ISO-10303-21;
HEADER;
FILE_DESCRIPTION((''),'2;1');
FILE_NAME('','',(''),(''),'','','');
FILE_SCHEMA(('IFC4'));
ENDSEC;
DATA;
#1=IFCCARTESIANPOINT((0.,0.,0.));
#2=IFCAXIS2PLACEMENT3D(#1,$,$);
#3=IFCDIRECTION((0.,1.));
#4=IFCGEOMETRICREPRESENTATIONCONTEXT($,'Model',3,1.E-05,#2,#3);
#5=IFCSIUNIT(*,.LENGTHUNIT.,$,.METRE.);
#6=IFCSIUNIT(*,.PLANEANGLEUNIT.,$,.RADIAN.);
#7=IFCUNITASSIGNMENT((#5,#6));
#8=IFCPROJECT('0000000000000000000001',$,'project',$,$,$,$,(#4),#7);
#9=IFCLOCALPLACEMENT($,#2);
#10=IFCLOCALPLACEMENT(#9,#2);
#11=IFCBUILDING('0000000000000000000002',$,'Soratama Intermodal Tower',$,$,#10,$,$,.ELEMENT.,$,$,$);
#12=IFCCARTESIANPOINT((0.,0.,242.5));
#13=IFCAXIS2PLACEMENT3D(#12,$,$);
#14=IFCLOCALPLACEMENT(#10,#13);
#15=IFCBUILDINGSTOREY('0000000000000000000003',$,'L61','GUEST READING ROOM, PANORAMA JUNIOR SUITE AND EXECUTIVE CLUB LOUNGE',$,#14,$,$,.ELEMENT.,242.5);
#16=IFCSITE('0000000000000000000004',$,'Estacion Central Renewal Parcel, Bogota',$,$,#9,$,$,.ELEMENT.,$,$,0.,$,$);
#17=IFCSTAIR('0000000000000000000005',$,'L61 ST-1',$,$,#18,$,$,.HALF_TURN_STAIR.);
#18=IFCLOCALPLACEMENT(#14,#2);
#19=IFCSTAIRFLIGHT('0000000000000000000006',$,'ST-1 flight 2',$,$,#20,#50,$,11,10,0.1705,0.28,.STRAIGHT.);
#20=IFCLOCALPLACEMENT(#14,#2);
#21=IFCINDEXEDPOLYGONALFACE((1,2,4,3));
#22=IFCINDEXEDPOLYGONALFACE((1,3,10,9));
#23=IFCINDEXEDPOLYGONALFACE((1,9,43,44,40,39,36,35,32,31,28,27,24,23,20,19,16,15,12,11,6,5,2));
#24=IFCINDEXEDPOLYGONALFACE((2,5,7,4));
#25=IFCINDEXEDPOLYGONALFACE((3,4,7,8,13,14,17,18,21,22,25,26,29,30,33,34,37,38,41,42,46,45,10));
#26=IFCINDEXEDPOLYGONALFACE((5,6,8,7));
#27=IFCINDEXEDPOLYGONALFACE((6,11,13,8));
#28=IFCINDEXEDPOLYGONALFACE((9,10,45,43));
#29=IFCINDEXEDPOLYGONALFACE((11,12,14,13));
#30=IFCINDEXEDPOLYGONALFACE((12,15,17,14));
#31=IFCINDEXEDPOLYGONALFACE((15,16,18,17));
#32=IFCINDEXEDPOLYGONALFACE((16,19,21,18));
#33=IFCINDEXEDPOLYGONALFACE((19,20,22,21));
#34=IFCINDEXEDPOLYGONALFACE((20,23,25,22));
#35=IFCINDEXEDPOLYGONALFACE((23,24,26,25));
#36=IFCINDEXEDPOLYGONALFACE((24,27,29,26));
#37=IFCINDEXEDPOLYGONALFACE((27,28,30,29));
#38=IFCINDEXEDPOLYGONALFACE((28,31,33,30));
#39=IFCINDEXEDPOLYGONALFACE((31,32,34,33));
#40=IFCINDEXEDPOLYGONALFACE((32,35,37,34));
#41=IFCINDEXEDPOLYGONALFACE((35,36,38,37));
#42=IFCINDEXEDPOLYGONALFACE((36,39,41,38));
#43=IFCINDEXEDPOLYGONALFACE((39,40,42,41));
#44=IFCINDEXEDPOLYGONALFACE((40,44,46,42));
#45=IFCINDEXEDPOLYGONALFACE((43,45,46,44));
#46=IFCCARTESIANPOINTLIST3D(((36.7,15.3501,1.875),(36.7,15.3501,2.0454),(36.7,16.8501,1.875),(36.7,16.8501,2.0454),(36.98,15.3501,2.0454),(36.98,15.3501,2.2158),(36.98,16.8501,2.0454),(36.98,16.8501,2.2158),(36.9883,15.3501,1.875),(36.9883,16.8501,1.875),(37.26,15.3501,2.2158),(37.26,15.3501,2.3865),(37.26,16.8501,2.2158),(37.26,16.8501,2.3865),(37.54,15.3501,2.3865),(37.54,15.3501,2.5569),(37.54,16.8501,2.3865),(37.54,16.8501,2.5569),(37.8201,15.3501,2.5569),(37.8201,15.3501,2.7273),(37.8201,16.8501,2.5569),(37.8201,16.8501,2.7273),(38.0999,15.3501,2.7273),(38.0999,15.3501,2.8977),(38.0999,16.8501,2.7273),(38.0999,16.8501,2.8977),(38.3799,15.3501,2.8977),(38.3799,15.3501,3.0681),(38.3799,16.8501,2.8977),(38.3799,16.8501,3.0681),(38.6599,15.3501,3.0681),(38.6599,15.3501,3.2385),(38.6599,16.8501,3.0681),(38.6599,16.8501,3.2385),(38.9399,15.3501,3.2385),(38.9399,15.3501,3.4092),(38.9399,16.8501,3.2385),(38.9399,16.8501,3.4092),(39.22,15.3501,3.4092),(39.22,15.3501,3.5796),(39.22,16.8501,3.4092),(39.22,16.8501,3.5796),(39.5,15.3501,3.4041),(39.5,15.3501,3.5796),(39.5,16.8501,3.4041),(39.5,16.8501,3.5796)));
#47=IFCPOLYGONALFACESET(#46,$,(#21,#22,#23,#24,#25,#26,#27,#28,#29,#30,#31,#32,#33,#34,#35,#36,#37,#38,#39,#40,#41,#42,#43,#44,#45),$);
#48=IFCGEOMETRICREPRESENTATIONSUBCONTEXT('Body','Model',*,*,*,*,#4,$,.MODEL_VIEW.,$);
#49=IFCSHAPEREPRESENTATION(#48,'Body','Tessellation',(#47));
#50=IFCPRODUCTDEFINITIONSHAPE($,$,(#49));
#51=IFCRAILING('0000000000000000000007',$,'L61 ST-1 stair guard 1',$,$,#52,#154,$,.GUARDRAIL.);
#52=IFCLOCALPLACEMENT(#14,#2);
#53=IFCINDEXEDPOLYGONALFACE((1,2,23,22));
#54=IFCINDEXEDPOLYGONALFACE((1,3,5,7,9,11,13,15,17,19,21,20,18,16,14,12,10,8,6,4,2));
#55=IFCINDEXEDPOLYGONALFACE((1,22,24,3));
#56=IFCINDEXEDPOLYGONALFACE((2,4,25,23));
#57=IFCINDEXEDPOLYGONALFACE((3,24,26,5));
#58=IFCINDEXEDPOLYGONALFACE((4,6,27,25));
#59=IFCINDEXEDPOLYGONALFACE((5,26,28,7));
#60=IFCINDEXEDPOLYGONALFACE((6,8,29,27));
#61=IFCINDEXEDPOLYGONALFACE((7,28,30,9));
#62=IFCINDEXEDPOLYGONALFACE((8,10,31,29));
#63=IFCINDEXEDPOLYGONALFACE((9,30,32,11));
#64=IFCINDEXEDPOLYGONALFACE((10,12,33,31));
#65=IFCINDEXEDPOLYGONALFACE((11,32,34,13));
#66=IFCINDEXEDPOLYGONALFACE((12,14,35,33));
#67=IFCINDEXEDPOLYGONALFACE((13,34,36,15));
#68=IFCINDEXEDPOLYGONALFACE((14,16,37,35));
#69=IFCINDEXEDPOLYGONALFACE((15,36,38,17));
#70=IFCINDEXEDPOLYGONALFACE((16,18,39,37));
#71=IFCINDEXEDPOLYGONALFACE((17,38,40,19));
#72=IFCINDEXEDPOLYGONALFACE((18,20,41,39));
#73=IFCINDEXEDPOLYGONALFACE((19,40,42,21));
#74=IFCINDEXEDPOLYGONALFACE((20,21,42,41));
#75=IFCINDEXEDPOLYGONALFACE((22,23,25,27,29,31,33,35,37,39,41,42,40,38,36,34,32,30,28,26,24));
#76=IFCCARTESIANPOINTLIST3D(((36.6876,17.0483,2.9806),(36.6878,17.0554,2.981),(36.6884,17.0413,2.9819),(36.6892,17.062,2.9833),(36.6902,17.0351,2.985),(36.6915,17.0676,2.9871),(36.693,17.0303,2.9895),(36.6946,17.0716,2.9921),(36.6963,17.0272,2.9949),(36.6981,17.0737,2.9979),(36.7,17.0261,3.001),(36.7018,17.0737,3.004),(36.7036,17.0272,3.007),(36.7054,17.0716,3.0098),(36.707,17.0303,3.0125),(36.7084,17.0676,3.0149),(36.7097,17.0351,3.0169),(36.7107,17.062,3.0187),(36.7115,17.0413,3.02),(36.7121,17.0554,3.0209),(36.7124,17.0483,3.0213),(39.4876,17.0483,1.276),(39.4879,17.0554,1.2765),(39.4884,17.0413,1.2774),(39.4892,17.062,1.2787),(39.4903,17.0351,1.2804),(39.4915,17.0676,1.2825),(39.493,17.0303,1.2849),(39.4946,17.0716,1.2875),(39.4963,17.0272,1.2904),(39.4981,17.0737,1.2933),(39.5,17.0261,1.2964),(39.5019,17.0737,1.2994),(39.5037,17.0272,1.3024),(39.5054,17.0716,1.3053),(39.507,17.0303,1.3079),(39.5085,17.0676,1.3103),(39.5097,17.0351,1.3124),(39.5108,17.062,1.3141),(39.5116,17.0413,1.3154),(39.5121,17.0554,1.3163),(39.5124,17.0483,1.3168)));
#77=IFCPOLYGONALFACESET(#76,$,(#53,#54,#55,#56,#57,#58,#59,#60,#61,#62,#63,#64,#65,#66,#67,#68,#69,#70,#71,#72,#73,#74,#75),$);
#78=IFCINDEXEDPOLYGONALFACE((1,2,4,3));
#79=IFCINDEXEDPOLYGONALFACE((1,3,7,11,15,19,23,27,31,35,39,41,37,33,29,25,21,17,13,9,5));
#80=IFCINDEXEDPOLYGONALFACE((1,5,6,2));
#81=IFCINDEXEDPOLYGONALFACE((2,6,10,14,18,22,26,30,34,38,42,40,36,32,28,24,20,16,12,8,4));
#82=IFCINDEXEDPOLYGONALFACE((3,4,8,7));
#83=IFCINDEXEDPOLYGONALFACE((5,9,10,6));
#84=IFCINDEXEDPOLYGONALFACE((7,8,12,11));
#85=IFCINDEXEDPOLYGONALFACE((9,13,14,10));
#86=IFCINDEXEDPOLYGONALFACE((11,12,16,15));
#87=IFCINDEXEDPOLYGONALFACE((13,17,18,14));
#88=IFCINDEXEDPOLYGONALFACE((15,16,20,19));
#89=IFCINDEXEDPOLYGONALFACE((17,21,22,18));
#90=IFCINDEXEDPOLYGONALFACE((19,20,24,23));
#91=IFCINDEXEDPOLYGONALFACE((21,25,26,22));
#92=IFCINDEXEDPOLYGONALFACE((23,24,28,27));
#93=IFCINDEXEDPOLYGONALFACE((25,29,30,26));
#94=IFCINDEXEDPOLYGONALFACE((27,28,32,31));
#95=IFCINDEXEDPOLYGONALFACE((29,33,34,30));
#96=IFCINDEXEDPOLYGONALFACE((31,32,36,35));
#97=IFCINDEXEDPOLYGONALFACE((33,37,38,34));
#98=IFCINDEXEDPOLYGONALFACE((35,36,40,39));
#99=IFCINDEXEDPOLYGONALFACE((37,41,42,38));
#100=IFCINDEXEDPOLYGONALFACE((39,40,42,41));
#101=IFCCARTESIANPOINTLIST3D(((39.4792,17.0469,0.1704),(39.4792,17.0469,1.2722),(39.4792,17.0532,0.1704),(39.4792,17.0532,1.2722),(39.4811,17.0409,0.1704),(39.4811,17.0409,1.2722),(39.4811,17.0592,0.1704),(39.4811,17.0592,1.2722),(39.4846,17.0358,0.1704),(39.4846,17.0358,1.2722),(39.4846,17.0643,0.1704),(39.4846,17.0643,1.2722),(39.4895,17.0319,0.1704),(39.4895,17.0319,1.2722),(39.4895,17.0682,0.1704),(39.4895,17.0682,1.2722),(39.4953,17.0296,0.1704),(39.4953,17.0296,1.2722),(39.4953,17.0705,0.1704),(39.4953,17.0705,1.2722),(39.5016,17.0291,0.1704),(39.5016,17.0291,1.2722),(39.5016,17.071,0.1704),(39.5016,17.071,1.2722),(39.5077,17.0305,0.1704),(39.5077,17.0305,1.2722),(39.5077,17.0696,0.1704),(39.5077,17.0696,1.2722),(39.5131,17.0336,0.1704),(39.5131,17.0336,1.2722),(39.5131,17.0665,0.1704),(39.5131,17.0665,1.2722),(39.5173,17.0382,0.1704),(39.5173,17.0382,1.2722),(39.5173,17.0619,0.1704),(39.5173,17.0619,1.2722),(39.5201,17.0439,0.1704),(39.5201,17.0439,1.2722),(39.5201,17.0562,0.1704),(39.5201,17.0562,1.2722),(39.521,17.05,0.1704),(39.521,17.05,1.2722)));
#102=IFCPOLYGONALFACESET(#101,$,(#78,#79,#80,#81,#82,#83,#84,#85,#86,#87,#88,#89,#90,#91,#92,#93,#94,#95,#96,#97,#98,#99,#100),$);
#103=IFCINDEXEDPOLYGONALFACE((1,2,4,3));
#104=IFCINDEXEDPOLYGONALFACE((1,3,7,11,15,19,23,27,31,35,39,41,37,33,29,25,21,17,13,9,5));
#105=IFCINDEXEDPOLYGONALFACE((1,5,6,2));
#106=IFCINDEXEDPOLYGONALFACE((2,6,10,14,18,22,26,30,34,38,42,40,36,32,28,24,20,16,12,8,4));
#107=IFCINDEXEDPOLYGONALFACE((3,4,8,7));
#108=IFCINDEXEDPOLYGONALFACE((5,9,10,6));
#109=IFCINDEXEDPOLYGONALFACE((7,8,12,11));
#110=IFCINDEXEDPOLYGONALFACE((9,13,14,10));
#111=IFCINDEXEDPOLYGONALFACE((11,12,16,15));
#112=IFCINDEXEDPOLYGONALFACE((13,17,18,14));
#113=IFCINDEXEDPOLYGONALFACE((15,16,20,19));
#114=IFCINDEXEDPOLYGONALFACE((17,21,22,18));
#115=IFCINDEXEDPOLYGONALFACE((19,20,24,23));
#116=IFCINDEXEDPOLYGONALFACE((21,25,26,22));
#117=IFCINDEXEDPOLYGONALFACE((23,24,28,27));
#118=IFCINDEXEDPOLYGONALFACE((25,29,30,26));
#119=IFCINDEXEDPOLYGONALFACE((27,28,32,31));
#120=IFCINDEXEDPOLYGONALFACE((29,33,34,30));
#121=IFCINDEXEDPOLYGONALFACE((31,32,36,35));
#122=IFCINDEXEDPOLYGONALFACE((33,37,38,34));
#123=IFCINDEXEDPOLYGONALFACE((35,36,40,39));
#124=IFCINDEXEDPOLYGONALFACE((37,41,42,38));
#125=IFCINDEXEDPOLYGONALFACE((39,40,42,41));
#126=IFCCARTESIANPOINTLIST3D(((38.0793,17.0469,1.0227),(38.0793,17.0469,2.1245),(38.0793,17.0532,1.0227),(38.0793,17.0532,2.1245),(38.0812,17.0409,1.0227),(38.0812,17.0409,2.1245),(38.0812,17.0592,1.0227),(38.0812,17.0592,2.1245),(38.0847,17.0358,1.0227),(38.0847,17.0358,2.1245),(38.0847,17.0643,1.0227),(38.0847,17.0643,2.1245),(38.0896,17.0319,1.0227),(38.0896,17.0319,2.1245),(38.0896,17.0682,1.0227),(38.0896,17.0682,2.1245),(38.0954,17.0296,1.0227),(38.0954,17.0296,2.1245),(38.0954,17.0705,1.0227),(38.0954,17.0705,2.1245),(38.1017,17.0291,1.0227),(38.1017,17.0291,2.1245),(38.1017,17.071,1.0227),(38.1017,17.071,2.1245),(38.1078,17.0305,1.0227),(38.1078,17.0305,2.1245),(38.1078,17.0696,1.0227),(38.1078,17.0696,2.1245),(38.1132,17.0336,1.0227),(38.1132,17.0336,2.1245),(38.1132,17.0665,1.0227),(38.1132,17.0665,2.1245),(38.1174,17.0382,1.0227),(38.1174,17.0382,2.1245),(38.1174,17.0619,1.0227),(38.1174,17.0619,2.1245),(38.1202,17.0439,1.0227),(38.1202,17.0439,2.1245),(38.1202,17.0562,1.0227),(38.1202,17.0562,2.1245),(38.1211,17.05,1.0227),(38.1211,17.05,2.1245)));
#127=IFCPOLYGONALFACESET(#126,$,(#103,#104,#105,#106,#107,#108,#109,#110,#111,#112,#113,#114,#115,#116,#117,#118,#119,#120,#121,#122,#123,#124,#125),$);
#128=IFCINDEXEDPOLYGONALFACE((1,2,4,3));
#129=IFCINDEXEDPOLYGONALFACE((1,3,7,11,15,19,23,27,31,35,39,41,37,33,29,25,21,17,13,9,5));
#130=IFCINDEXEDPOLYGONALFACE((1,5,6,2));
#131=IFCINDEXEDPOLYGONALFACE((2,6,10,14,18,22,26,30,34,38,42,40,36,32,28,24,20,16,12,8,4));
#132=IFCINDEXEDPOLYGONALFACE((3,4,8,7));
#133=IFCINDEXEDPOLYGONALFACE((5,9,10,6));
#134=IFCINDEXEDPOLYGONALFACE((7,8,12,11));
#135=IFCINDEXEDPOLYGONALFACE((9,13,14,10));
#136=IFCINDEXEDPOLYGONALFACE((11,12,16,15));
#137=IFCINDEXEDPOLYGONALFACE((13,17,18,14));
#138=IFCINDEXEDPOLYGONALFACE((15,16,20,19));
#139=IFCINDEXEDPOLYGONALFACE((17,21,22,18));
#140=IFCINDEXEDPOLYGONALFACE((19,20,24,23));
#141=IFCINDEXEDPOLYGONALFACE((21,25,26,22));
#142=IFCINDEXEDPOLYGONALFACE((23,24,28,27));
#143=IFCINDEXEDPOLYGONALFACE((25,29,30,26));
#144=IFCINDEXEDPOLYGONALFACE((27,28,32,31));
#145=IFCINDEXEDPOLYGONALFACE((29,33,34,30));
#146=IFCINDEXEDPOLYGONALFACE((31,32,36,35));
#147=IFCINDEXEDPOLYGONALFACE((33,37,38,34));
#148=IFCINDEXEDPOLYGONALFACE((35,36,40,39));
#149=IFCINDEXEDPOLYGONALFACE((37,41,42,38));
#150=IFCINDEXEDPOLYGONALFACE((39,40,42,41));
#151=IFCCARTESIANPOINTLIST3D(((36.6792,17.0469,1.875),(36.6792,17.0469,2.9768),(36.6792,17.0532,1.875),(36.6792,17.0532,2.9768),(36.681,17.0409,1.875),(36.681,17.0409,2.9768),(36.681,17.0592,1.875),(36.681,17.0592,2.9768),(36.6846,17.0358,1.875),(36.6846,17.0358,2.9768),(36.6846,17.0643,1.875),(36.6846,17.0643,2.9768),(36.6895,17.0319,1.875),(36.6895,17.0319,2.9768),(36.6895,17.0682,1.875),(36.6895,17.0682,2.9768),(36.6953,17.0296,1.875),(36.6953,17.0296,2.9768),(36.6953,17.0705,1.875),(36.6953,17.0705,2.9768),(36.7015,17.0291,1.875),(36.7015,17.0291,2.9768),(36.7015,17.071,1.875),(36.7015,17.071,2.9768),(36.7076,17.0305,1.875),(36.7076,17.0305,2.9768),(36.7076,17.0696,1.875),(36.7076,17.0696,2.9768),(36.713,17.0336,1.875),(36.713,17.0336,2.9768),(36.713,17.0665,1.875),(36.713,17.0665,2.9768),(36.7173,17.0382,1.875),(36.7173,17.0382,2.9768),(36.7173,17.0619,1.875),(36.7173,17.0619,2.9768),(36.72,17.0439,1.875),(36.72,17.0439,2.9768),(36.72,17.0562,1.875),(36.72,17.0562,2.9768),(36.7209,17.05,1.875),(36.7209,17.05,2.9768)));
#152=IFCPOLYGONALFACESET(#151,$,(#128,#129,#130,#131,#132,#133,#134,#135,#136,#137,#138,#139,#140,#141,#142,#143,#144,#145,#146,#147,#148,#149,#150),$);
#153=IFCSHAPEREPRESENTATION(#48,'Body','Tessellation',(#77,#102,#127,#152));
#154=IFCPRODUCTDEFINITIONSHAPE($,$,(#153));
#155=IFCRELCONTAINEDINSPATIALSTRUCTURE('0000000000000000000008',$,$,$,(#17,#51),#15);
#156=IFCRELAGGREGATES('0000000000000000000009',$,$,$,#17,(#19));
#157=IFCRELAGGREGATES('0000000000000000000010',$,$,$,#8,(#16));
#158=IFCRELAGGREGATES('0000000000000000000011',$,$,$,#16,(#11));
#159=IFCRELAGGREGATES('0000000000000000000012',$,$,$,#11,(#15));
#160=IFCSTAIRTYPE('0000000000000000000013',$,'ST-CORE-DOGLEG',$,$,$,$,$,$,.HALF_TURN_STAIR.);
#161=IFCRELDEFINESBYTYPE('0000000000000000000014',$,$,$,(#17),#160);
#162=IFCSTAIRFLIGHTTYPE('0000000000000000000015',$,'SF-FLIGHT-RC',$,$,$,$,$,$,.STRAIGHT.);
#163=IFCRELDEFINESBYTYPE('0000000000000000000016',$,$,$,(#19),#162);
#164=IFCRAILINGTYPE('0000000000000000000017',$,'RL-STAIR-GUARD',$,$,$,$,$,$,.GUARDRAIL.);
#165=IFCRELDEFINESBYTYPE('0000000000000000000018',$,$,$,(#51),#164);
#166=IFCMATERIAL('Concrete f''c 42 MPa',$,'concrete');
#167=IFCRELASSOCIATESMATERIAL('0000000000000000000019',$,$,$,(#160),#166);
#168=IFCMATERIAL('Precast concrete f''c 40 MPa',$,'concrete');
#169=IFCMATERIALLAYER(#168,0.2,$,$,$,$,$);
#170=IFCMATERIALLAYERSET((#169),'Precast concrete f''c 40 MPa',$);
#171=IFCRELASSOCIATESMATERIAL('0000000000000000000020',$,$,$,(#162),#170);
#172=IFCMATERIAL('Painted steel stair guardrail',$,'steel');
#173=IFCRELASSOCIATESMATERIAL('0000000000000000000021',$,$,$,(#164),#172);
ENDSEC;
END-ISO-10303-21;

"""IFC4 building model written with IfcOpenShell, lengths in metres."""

from ifc_helpers import new_model, si_unit, direction, frame, origin, origin_2d, place, context, subcontext, project, spatial, polyline, circle, outline, extrude, material, layer, layer_set, type_object, element, aggregate, save


model = new_model("IFC4")

# Units and contexts
model_context = context("Model", 3, precision=1e-05, world=origin(), true_north=direction((0.0, 1.0)))
body_context = subcontext(model_context, "Body", "Model", "MODEL_VIEW")
ifc_project = project(units=[si_unit("LENGTHUNIT", "METRE"), si_unit("PLANEANGLEUNIT", "RADIAN")], contexts=[model_context])

# Site, building, storey
site_placement = place(None, origin())
site = spatial("IfcSite", under=ifc_project, at=site_placement, Name="Estacion Central Renewal Parcel, Bogota", CompositionType="ELEMENT", RefElevation=0.0)
building_placement = place(site_placement, origin())
building = spatial("IfcBuilding", under=site, at=building_placement, Name="Soratama Intermodal Tower", CompositionType="ELEMENT")
storey_placement = place(building_placement, frame((0.0, 0.0, 242.5)))
storey = spatial("IfcBuildingStorey", under=building, at=storey_placement, Name="L61", Description="GUEST READING ROOM, PANORAMA JUNIOR SUITE AND EXECUTIVE CLUB LOUNGE", CompositionType="ELEMENT", Elevation=242.5)

# Stair, stair flight
ifc_material_1 = material(Name="Concrete f'c 42 MPa", Category="concrete")
stair_type = type_object("IfcStairType", Name="ST-CORE-DOGLEG", PredefinedType="HALF_TURN_STAIR", material=ifc_material_1)
stair_placement = place(storey_placement, origin())
stair = element("IfcStair", 1, at=stair_placement, inside=storey, type_object=stair_type, Name="L61 ST-1", PredefinedType="HALF_TURN_STAIR")
ifc_material_2 = material(Name="Precast concrete f'c 40 MPa", Category="concrete")
ifc_layer_1 = layer(ifc_material_2, 0.2)
ifc_layer_set_1 = layer_set([ifc_layer_1], Name="Precast concrete f'c 40 MPa")
stair_flight_type = type_object("IfcStairFlightType", Name="SF-FLIGHT-RC", PredefinedType="STRAIGHT", material=ifc_layer_set_1)
stair_flight_1_placement = place(storey_placement, frame((36.7, 16.1001, 1.875), z_axis=(0.0, 0.0, 1.0), x_axis=(1.0, 0.0, 0.0)))
stair_flight_1 = element("IfcStairFlight", 2, at=stair_flight_1_placement, type_object=stair_flight_type, Name="ST-1 flight 2", NumberOfRisers=11, NumberOfTreads=10, PredefinedType="STRAIGHT", RiserHeight=0.1705, TreadLength=0.28, context=body_context, shape_type="SweptSolid", body=[
    extrude(outline(polyline([(0.0, 0.0), (0.0, 0.1704), (0.28, 0.1704), (0.28, 0.3408), (0.5601, 0.3408), (0.5601, 0.5115), (0.8401, 0.5115), (0.8401, 0.6819), (1.1201, 0.6819), (1.1201, 0.8523), (1.3999, 0.8523), (1.3999, 1.0227), (1.6799, 1.0227), (1.6799, 1.1931), (1.96, 1.1931), (1.96, 1.3635), (2.24, 1.3635), (2.24, 1.5342), (2.52, 1.5342), (2.52, 1.7046), (2.8, 1.7046), (2.8, 1.875), (2.8, 1.5291), (0.2883, 0.0), (0.0, 0.0)])), frame((0.0, 0.75, 0.0), z_axis=(0.0, -1.0, 0.0), x_axis=(1.0, 0.0, 0.0)), (0.0, 0.0, 1.0), 1.5),
])
aggregate(stair, [stair_flight_1])

# Railing
ifc_material_3 = material(Name="Painted steel stair guardrail", Category="steel")
railing_type_1 = type_object("IfcRailingType", Name="RL-STAIR-GUARD", PredefinedType="GUARDRAIL", material=ifc_material_3)
railing_1_placement = place(storey_placement, frame((39.5, 17.05, 0.1704)))
element("IfcRailing", 3, at=railing_1_placement, inside=storey, type_object=railing_type_1, Name="L61 ST-1 stair guard 1", PredefinedType="GUARDRAIL", context=body_context, shape_type="SweptSolid", body=[
    extrude(circle(Radius=0.0239, at=origin_2d()), frame((0.0, 0.0, 1.126), z_axis=(-0.85417, 0.0, 0.519994), x_axis=(0.0, -1.0, 0.0)), (0.0, 0.0, 1.0), 3.2781),
    extrude(circle(Radius=0.021, at=origin_2d()), origin(), (0.0, 0.0, 1.0), 1.1018),
    extrude(circle(Radius=0.021, at=origin_2d()), frame((-1.3999, 0.0, 0.8523)), (0.0, 0.0, 1.0), 1.1018),
    extrude(circle(Radius=0.021, at=origin_2d()), frame((-2.8, 0.0, 1.7046)), (0.0, 0.0, 1.0), 1.1018),
])

save(model, "model.ifc")
